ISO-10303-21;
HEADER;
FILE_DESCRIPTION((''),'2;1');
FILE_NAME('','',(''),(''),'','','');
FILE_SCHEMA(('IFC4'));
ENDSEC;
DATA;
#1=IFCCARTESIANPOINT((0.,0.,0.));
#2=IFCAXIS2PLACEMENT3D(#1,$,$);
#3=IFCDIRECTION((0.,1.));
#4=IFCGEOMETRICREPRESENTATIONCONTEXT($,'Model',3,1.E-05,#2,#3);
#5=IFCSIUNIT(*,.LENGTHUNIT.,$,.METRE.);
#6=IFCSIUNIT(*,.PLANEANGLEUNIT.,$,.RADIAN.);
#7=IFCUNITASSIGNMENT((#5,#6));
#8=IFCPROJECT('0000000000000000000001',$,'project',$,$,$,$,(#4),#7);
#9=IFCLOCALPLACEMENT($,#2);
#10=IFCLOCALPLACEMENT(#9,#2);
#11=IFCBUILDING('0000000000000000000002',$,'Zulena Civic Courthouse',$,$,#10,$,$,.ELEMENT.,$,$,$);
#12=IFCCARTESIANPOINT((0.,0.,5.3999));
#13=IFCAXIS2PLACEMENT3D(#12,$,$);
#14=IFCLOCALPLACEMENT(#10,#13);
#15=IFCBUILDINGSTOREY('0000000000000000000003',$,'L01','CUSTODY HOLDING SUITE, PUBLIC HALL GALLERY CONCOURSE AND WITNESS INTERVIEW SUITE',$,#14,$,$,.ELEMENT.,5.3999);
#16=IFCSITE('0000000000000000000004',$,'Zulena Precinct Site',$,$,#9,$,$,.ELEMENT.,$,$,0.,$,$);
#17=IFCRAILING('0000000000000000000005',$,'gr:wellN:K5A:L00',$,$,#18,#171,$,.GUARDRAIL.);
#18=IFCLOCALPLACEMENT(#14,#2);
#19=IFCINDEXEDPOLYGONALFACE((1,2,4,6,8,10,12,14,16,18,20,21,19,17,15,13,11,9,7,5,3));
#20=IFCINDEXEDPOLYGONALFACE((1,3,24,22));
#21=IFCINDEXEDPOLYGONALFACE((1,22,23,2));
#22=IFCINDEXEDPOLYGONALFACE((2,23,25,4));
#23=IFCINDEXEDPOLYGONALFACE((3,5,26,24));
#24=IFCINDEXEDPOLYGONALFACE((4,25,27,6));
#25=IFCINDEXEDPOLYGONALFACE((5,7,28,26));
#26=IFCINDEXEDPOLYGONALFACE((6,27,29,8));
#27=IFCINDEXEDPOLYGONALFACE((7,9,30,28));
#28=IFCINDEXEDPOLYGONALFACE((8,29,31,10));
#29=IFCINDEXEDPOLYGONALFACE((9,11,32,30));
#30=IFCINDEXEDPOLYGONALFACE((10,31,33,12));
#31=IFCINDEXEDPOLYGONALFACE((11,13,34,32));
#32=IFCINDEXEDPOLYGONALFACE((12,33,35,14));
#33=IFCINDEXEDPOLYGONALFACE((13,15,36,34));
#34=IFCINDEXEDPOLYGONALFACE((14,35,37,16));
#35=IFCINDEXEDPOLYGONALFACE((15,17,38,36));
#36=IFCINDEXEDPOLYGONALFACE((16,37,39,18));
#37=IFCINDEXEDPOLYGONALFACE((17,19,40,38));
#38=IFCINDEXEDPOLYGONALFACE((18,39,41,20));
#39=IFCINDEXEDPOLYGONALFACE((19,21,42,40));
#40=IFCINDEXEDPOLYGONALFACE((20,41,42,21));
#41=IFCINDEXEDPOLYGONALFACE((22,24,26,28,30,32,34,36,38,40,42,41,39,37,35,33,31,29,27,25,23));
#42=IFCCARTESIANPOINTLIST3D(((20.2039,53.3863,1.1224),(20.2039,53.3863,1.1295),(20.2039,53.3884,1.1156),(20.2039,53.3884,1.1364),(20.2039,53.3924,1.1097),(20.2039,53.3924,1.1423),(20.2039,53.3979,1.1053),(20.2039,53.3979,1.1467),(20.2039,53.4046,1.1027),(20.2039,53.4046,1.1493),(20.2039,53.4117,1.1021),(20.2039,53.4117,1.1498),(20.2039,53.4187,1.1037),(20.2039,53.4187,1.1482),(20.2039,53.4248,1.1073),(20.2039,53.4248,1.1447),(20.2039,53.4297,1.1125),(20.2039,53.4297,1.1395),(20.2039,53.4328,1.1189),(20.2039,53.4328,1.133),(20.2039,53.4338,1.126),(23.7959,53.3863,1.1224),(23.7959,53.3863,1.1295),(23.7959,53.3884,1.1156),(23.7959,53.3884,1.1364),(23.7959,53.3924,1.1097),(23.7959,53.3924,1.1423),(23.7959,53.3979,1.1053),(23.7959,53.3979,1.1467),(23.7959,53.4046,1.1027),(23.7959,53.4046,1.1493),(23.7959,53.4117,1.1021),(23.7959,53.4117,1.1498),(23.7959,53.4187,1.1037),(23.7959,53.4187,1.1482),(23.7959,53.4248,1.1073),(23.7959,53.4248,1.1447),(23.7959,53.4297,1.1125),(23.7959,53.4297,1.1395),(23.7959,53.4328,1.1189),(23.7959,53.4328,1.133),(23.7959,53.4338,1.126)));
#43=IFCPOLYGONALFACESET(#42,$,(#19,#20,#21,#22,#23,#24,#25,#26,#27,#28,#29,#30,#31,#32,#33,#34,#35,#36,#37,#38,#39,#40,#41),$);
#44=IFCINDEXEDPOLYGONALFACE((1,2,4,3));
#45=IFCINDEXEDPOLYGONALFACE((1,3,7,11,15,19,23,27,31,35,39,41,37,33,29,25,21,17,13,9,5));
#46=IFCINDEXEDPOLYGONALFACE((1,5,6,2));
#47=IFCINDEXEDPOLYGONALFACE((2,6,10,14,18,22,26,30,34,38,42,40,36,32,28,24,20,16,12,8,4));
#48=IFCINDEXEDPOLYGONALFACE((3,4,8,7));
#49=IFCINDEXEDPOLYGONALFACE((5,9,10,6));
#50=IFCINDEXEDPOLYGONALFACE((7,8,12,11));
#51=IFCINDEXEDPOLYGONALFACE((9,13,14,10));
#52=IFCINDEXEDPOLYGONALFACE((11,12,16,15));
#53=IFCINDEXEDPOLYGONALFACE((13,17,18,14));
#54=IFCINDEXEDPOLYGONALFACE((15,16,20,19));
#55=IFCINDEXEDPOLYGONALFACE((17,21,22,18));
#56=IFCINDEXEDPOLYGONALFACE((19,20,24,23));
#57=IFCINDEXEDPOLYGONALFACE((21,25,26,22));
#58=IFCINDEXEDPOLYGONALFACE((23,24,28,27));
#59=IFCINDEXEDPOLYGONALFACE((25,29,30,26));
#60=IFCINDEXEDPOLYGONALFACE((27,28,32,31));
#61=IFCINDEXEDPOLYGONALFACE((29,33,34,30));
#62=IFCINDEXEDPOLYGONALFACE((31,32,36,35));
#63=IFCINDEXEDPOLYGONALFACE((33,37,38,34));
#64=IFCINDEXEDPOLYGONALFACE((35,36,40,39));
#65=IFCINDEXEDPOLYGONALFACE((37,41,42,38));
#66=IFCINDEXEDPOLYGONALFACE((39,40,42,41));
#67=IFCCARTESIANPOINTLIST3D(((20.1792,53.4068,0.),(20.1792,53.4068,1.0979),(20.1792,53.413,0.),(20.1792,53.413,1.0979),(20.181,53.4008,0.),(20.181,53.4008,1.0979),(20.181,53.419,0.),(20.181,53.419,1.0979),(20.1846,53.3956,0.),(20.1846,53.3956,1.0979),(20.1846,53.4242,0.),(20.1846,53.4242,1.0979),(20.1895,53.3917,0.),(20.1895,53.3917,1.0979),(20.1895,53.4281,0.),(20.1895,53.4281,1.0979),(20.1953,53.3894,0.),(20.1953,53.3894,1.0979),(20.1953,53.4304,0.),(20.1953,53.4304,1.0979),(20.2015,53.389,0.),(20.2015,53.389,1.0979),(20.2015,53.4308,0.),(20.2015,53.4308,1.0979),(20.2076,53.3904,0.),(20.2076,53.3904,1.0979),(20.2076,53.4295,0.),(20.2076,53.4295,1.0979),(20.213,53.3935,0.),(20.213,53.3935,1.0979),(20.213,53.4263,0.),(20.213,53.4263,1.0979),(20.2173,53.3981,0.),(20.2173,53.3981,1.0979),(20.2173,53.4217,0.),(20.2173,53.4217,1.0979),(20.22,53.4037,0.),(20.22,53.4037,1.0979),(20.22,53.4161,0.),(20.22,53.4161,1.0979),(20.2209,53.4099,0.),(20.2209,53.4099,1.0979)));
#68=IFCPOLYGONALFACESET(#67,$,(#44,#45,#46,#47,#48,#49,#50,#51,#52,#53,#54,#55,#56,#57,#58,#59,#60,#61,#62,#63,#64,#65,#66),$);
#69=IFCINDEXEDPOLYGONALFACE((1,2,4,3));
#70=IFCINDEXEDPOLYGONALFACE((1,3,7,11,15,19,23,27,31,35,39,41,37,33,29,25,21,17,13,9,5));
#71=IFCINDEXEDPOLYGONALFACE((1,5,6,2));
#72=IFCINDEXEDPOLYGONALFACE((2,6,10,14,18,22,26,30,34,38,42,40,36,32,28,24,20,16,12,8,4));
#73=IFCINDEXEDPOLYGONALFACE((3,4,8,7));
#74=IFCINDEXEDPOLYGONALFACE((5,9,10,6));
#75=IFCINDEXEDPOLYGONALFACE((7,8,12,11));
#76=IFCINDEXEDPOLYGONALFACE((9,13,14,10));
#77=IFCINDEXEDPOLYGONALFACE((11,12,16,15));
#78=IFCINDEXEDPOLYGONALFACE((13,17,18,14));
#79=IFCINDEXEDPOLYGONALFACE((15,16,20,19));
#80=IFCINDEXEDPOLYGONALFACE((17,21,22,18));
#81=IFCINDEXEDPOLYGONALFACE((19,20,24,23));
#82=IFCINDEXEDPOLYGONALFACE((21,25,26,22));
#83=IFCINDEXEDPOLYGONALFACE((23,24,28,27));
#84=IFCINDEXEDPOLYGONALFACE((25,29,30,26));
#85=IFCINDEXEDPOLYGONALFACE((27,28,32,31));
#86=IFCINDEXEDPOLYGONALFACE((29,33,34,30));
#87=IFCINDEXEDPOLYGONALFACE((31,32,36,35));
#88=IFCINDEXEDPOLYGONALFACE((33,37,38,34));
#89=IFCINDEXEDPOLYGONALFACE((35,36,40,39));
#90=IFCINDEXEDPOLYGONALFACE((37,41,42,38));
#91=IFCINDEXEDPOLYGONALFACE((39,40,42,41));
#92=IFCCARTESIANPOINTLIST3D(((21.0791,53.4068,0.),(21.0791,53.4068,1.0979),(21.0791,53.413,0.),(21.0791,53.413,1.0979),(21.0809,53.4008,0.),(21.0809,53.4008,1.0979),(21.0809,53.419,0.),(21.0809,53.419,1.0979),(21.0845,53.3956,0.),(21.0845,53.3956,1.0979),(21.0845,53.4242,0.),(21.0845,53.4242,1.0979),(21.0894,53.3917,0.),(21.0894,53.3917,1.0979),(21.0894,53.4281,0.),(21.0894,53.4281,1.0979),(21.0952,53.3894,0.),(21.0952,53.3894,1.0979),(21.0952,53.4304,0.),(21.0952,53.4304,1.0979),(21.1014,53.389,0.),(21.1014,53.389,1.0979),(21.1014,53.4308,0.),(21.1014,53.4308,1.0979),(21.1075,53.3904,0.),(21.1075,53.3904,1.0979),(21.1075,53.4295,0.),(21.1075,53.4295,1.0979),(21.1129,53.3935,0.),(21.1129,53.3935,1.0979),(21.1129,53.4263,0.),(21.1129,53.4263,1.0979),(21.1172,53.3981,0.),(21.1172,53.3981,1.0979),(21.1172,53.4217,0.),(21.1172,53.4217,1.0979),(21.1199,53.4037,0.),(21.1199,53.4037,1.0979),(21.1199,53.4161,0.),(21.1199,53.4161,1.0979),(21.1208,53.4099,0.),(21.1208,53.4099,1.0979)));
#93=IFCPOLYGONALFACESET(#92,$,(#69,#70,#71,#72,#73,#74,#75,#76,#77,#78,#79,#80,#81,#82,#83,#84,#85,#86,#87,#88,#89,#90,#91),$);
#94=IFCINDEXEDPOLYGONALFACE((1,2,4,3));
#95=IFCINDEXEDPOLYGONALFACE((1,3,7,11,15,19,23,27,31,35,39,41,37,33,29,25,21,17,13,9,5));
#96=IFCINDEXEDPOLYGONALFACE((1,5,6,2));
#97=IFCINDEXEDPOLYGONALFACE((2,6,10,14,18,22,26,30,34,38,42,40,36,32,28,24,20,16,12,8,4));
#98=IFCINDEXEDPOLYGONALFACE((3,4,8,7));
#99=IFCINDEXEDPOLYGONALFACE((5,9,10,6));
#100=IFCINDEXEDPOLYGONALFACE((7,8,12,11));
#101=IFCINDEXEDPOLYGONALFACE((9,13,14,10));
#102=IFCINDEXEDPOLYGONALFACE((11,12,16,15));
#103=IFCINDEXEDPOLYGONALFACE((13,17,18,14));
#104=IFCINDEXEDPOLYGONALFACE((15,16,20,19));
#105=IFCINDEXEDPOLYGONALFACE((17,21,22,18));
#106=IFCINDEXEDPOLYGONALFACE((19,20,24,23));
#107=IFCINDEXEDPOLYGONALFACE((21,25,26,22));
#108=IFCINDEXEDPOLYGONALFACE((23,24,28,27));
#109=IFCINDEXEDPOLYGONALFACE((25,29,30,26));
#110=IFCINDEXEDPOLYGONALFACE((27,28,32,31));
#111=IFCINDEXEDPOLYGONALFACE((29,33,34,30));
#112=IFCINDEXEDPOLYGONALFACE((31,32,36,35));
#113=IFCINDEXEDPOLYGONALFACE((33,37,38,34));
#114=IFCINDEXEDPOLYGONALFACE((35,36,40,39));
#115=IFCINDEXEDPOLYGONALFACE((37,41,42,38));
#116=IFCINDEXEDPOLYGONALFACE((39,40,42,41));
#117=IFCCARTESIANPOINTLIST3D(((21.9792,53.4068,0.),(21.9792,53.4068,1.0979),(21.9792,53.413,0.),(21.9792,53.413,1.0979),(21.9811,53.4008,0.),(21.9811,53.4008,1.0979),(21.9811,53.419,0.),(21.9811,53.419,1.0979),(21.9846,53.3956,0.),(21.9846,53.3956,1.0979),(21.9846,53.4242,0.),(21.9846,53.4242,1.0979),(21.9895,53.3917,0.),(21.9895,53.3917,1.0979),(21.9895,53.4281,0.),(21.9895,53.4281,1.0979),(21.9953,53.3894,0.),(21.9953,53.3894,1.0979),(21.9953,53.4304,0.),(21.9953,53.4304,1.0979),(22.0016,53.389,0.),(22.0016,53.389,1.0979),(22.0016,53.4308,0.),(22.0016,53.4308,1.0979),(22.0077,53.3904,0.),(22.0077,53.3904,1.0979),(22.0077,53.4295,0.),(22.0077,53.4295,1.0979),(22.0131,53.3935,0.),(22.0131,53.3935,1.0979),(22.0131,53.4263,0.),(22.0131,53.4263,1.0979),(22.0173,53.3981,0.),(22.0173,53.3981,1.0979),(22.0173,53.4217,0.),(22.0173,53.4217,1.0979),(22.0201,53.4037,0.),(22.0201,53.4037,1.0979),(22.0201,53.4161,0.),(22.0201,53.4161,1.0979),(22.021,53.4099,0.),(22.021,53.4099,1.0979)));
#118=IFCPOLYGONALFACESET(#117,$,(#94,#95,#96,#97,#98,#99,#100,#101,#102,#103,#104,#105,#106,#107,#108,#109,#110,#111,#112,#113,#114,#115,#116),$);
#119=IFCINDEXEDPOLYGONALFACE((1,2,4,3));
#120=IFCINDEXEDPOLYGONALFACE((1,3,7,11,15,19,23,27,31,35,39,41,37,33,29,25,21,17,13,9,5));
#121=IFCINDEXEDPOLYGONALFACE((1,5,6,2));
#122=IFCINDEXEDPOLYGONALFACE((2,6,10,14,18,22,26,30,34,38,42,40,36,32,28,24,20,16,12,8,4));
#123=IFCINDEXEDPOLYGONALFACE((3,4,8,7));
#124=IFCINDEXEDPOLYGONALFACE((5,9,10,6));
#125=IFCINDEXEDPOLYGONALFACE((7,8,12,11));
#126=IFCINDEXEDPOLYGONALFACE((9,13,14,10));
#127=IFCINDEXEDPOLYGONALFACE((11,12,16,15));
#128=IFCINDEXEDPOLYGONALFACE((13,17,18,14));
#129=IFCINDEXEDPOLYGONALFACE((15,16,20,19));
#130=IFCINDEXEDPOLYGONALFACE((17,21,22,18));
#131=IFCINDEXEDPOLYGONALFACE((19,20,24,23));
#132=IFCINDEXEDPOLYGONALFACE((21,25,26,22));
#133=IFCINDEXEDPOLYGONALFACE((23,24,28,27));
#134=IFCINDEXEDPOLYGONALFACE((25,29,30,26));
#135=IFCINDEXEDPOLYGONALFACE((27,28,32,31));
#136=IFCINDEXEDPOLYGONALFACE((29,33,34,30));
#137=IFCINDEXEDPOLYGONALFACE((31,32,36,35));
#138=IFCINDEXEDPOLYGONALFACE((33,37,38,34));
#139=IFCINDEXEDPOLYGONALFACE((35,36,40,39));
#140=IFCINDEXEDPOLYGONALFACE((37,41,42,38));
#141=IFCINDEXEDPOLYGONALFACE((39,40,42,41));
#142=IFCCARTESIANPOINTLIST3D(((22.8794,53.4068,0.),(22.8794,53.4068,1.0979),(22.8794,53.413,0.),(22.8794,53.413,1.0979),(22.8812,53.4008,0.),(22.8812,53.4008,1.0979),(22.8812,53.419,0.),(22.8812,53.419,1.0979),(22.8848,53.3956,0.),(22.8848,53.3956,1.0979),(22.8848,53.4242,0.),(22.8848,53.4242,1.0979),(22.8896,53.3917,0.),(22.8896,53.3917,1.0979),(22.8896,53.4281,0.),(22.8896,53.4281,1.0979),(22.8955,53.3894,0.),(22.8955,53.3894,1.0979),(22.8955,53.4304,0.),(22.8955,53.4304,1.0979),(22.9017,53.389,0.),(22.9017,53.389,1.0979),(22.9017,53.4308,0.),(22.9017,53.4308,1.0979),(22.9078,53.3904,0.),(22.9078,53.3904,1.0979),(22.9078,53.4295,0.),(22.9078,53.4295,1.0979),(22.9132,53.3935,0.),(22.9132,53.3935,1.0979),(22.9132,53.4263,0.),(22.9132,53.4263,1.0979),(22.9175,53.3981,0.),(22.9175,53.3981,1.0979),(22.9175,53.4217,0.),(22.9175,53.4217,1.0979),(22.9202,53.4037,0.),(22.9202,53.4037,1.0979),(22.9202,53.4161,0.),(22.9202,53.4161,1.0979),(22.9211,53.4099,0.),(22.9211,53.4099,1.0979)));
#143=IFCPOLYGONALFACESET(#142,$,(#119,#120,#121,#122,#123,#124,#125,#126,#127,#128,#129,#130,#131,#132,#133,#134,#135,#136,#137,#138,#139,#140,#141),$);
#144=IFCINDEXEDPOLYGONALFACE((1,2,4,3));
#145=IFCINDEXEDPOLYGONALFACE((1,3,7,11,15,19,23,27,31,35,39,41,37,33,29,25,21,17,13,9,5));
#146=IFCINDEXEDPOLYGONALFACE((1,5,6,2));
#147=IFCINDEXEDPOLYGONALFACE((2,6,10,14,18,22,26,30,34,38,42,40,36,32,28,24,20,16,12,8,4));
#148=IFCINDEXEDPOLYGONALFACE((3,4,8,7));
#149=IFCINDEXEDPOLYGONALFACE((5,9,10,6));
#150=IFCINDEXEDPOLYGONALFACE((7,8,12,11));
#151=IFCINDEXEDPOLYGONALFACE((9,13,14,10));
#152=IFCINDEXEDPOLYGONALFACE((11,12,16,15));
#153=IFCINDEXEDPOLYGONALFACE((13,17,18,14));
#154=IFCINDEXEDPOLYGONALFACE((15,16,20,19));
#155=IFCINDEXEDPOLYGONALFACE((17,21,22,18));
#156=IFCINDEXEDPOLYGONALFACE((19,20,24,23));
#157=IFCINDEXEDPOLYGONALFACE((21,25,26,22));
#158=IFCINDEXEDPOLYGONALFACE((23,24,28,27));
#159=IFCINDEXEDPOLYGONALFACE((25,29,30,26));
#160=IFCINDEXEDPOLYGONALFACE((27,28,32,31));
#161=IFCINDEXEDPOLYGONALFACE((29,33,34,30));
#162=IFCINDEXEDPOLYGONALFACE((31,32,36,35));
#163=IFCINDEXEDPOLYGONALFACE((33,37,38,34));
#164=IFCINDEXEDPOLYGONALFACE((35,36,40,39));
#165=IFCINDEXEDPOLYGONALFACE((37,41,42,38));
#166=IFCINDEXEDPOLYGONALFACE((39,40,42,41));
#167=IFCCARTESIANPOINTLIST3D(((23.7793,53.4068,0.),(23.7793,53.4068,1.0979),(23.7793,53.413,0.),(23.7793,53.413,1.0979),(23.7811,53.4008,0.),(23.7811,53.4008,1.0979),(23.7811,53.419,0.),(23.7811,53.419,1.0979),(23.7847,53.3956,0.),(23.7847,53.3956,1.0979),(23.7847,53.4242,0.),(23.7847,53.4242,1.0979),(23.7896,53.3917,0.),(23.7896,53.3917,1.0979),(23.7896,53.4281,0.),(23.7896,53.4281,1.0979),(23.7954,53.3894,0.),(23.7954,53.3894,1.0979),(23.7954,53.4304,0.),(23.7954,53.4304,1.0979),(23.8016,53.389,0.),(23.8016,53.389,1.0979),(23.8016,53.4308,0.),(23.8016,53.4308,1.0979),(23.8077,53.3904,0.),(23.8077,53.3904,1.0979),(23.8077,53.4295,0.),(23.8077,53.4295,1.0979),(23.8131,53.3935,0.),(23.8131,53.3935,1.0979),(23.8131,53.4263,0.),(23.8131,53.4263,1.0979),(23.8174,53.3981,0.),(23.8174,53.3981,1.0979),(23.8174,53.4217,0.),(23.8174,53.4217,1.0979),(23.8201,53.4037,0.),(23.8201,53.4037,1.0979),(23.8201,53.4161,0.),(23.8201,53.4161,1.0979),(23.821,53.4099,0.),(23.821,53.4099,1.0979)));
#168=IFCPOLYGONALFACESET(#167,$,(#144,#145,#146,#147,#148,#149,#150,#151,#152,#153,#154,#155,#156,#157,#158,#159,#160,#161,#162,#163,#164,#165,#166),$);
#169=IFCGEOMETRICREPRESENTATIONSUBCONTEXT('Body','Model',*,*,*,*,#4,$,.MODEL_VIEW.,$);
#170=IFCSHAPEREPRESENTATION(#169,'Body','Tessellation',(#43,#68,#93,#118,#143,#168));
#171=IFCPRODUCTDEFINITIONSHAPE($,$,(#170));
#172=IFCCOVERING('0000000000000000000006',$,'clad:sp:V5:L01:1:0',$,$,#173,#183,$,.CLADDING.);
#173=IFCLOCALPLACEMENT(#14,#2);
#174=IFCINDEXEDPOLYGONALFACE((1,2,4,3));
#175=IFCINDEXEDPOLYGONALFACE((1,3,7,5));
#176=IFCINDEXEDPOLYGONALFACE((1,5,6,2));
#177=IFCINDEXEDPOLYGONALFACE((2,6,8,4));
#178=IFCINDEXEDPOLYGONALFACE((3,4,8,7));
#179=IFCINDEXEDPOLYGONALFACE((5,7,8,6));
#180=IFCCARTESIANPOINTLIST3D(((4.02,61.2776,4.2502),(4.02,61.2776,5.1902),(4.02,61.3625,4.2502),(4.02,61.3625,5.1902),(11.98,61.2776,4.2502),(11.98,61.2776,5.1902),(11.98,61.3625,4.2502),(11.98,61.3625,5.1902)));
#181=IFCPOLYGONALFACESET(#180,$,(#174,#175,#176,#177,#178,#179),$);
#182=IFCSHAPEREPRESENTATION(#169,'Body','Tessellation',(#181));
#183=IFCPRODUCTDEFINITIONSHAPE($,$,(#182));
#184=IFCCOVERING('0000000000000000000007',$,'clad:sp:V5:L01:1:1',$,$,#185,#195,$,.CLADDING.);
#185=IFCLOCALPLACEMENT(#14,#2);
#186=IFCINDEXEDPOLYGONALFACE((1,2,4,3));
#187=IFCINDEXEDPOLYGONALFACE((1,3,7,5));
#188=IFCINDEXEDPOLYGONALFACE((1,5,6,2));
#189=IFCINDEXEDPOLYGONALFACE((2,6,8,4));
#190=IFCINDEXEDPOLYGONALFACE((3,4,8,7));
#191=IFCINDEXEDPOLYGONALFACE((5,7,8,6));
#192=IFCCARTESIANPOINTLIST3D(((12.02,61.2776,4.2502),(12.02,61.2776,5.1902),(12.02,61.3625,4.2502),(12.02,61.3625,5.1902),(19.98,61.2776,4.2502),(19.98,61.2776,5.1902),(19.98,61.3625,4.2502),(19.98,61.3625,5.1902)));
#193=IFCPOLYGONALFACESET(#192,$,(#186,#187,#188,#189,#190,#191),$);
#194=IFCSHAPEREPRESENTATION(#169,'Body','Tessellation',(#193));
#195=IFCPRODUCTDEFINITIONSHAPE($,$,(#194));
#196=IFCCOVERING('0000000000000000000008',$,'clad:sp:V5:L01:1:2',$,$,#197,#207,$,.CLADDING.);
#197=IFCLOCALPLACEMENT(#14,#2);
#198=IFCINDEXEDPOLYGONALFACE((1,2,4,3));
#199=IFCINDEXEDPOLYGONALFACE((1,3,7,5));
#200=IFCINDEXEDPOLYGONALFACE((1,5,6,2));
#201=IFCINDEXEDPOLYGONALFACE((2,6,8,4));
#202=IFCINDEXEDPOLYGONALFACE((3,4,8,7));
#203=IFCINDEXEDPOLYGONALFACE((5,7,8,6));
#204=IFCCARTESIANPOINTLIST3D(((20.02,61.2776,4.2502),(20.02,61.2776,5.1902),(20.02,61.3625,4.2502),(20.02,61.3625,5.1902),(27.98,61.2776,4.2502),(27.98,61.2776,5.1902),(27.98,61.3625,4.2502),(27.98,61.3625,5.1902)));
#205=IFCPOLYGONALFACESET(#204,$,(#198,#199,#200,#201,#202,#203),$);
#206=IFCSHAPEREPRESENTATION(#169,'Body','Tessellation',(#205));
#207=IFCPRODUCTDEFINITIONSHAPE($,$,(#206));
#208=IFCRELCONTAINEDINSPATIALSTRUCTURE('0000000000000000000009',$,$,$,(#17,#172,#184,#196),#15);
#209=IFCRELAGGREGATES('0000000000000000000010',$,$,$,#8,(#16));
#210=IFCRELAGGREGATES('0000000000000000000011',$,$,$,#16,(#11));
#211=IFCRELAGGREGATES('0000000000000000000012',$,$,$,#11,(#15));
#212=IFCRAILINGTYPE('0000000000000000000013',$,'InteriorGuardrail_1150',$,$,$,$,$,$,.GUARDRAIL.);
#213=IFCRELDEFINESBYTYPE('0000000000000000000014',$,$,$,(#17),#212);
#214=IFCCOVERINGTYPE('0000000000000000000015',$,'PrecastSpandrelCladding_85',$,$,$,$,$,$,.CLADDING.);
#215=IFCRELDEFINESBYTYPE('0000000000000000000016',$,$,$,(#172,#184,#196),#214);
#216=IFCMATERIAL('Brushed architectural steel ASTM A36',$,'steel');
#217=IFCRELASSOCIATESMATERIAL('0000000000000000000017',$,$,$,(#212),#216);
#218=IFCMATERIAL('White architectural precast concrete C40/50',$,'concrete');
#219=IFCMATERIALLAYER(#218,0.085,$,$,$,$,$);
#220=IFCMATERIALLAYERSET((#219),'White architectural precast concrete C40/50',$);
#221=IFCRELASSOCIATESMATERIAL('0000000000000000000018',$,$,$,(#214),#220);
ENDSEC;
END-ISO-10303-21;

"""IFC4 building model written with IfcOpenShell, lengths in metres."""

from ifc_helpers import new_model, si_unit, direction, frame, origin, origin_2d, place, context, subcontext, project, spatial, rectangle, circle, extrude, material, layer, layer_set, type_object, element, save


model = new_model("IFC4")

# Units and contexts
model_context = context("Model", 3, precision=1e-05, world=origin(), true_north=direction((0.0, 1.0)))
body_context = subcontext(model_context, "Body", "Model", "MODEL_VIEW")
ifc_project = project(units=[si_unit("LENGTHUNIT", "METRE"), si_unit("PLANEANGLEUNIT", "RADIAN")], contexts=[model_context])

# Site, building, storey
site_placement = place(None, origin())
site = spatial("IfcSite", under=ifc_project, at=site_placement, Name="Zulena Precinct Site", CompositionType="ELEMENT", RefElevation=0.0)
building_placement = place(site_placement, origin())
building = spatial("IfcBuilding", under=site, at=building_placement, Name="Zulena Civic Courthouse", CompositionType="ELEMENT")
storey_placement = place(building_placement, frame((0.0, 0.0, 5.3999)))
storey = spatial("IfcBuildingStorey", under=building, at=storey_placement, Name="L01", Description="CUSTODY HOLDING SUITE, PUBLIC HALL GALLERY CONCOURSE AND WITNESS INTERVIEW SUITE", CompositionType="ELEMENT", Elevation=5.3999)

# Railing
ifc_material_1 = material(Name="Brushed architectural steel ASTM A36", Category="steel")
railing_type = type_object("IfcRailingType", Name="InteriorGuardrail_1150", PredefinedType="GUARDRAIL", material=ifc_material_1)
railing_placement = place(storey_placement, frame((20.2, 53.4099, 0.0)))
element("IfcRailing", 1, at=railing_placement, inside=storey, type_object=railing_type, Name="gr:wellN:K5A:L00", PredefinedType="GUARDRAIL", context=body_context, shape_type="SweptSolid", body=[
    extrude(circle(Radius=0.0239, at=origin_2d()), frame((0.0039, 0.0, 1.126), z_axis=(1.0, 0.0, 0.0), x_axis=(0.0, 1.0, 0.0)), (0.0, 0.0, 1.0), 3.592),
    extrude(circle(Radius=0.021, at=origin_2d()), origin(), (0.0, 0.0, 1.0), 1.0979),
    extrude(circle(Radius=0.021, at=origin_2d()), frame((0.8999, 0.0, 0.0)), (0.0, 0.0, 1.0), 1.0979),
    extrude(circle(Radius=0.021, at=origin_2d()), frame((1.8, 0.0, 0.0)), (0.0, 0.0, 1.0), 1.0979),
    extrude(circle(Radius=0.021, at=origin_2d()), frame((2.7002, 0.0, 0.0)), (0.0, 0.0, 1.0), 1.0979),
    extrude(circle(Radius=0.021, at=origin_2d()), frame((3.6001, 0.0, 0.0)), (0.0, 0.0, 1.0), 1.0979),
])

# Coverings
ifc_material_2 = material(Name="White architectural precast concrete C40/50", Category="concrete")
ifc_layer_1 = layer(ifc_material_2, 0.085)
ifc_layer_set_1 = layer_set([ifc_layer_1], Name="White architectural precast concrete C40/50")
covering_type = type_object("IfcCoveringType", Name="PrecastSpandrelCladding_85", PredefinedType="CLADDING", material=ifc_layer_set_1)
for number, where, z_axis, x_axis, name in (
    (2, (8.0, 61.3201, 4.2502), (0.0, 0.0, 1.0), (1.0, 0.0, 0.0), "clad:sp:V5:L01:1:0"),
    (3, (16.0, 61.3201, 4.2502), (0.0, 0.0, 1.0), (1.0, 0.0, 0.0), "clad:sp:V5:L01:1:1"),
    (4, (24.0, 61.3201, 4.2502), (0.0, 0.0, 1.0), (1.0, 0.0, 0.0), "clad:sp:V5:L01:1:2"),
):
    element("IfcCovering", number, at=place(storey_placement, frame(where, z_axis=z_axis, x_axis=x_axis)), inside=storey, type_object=covering_type, Name=name, PredefinedType="CLADDING", context=body_context, shape_type="SweptSolid", body=[
        extrude(rectangle(XDim=7.96, YDim=0.085, at=origin_2d()), origin(), (0.0, 0.0, 1.0), 0.9399),
    ])

save(model, "model.ifc")
